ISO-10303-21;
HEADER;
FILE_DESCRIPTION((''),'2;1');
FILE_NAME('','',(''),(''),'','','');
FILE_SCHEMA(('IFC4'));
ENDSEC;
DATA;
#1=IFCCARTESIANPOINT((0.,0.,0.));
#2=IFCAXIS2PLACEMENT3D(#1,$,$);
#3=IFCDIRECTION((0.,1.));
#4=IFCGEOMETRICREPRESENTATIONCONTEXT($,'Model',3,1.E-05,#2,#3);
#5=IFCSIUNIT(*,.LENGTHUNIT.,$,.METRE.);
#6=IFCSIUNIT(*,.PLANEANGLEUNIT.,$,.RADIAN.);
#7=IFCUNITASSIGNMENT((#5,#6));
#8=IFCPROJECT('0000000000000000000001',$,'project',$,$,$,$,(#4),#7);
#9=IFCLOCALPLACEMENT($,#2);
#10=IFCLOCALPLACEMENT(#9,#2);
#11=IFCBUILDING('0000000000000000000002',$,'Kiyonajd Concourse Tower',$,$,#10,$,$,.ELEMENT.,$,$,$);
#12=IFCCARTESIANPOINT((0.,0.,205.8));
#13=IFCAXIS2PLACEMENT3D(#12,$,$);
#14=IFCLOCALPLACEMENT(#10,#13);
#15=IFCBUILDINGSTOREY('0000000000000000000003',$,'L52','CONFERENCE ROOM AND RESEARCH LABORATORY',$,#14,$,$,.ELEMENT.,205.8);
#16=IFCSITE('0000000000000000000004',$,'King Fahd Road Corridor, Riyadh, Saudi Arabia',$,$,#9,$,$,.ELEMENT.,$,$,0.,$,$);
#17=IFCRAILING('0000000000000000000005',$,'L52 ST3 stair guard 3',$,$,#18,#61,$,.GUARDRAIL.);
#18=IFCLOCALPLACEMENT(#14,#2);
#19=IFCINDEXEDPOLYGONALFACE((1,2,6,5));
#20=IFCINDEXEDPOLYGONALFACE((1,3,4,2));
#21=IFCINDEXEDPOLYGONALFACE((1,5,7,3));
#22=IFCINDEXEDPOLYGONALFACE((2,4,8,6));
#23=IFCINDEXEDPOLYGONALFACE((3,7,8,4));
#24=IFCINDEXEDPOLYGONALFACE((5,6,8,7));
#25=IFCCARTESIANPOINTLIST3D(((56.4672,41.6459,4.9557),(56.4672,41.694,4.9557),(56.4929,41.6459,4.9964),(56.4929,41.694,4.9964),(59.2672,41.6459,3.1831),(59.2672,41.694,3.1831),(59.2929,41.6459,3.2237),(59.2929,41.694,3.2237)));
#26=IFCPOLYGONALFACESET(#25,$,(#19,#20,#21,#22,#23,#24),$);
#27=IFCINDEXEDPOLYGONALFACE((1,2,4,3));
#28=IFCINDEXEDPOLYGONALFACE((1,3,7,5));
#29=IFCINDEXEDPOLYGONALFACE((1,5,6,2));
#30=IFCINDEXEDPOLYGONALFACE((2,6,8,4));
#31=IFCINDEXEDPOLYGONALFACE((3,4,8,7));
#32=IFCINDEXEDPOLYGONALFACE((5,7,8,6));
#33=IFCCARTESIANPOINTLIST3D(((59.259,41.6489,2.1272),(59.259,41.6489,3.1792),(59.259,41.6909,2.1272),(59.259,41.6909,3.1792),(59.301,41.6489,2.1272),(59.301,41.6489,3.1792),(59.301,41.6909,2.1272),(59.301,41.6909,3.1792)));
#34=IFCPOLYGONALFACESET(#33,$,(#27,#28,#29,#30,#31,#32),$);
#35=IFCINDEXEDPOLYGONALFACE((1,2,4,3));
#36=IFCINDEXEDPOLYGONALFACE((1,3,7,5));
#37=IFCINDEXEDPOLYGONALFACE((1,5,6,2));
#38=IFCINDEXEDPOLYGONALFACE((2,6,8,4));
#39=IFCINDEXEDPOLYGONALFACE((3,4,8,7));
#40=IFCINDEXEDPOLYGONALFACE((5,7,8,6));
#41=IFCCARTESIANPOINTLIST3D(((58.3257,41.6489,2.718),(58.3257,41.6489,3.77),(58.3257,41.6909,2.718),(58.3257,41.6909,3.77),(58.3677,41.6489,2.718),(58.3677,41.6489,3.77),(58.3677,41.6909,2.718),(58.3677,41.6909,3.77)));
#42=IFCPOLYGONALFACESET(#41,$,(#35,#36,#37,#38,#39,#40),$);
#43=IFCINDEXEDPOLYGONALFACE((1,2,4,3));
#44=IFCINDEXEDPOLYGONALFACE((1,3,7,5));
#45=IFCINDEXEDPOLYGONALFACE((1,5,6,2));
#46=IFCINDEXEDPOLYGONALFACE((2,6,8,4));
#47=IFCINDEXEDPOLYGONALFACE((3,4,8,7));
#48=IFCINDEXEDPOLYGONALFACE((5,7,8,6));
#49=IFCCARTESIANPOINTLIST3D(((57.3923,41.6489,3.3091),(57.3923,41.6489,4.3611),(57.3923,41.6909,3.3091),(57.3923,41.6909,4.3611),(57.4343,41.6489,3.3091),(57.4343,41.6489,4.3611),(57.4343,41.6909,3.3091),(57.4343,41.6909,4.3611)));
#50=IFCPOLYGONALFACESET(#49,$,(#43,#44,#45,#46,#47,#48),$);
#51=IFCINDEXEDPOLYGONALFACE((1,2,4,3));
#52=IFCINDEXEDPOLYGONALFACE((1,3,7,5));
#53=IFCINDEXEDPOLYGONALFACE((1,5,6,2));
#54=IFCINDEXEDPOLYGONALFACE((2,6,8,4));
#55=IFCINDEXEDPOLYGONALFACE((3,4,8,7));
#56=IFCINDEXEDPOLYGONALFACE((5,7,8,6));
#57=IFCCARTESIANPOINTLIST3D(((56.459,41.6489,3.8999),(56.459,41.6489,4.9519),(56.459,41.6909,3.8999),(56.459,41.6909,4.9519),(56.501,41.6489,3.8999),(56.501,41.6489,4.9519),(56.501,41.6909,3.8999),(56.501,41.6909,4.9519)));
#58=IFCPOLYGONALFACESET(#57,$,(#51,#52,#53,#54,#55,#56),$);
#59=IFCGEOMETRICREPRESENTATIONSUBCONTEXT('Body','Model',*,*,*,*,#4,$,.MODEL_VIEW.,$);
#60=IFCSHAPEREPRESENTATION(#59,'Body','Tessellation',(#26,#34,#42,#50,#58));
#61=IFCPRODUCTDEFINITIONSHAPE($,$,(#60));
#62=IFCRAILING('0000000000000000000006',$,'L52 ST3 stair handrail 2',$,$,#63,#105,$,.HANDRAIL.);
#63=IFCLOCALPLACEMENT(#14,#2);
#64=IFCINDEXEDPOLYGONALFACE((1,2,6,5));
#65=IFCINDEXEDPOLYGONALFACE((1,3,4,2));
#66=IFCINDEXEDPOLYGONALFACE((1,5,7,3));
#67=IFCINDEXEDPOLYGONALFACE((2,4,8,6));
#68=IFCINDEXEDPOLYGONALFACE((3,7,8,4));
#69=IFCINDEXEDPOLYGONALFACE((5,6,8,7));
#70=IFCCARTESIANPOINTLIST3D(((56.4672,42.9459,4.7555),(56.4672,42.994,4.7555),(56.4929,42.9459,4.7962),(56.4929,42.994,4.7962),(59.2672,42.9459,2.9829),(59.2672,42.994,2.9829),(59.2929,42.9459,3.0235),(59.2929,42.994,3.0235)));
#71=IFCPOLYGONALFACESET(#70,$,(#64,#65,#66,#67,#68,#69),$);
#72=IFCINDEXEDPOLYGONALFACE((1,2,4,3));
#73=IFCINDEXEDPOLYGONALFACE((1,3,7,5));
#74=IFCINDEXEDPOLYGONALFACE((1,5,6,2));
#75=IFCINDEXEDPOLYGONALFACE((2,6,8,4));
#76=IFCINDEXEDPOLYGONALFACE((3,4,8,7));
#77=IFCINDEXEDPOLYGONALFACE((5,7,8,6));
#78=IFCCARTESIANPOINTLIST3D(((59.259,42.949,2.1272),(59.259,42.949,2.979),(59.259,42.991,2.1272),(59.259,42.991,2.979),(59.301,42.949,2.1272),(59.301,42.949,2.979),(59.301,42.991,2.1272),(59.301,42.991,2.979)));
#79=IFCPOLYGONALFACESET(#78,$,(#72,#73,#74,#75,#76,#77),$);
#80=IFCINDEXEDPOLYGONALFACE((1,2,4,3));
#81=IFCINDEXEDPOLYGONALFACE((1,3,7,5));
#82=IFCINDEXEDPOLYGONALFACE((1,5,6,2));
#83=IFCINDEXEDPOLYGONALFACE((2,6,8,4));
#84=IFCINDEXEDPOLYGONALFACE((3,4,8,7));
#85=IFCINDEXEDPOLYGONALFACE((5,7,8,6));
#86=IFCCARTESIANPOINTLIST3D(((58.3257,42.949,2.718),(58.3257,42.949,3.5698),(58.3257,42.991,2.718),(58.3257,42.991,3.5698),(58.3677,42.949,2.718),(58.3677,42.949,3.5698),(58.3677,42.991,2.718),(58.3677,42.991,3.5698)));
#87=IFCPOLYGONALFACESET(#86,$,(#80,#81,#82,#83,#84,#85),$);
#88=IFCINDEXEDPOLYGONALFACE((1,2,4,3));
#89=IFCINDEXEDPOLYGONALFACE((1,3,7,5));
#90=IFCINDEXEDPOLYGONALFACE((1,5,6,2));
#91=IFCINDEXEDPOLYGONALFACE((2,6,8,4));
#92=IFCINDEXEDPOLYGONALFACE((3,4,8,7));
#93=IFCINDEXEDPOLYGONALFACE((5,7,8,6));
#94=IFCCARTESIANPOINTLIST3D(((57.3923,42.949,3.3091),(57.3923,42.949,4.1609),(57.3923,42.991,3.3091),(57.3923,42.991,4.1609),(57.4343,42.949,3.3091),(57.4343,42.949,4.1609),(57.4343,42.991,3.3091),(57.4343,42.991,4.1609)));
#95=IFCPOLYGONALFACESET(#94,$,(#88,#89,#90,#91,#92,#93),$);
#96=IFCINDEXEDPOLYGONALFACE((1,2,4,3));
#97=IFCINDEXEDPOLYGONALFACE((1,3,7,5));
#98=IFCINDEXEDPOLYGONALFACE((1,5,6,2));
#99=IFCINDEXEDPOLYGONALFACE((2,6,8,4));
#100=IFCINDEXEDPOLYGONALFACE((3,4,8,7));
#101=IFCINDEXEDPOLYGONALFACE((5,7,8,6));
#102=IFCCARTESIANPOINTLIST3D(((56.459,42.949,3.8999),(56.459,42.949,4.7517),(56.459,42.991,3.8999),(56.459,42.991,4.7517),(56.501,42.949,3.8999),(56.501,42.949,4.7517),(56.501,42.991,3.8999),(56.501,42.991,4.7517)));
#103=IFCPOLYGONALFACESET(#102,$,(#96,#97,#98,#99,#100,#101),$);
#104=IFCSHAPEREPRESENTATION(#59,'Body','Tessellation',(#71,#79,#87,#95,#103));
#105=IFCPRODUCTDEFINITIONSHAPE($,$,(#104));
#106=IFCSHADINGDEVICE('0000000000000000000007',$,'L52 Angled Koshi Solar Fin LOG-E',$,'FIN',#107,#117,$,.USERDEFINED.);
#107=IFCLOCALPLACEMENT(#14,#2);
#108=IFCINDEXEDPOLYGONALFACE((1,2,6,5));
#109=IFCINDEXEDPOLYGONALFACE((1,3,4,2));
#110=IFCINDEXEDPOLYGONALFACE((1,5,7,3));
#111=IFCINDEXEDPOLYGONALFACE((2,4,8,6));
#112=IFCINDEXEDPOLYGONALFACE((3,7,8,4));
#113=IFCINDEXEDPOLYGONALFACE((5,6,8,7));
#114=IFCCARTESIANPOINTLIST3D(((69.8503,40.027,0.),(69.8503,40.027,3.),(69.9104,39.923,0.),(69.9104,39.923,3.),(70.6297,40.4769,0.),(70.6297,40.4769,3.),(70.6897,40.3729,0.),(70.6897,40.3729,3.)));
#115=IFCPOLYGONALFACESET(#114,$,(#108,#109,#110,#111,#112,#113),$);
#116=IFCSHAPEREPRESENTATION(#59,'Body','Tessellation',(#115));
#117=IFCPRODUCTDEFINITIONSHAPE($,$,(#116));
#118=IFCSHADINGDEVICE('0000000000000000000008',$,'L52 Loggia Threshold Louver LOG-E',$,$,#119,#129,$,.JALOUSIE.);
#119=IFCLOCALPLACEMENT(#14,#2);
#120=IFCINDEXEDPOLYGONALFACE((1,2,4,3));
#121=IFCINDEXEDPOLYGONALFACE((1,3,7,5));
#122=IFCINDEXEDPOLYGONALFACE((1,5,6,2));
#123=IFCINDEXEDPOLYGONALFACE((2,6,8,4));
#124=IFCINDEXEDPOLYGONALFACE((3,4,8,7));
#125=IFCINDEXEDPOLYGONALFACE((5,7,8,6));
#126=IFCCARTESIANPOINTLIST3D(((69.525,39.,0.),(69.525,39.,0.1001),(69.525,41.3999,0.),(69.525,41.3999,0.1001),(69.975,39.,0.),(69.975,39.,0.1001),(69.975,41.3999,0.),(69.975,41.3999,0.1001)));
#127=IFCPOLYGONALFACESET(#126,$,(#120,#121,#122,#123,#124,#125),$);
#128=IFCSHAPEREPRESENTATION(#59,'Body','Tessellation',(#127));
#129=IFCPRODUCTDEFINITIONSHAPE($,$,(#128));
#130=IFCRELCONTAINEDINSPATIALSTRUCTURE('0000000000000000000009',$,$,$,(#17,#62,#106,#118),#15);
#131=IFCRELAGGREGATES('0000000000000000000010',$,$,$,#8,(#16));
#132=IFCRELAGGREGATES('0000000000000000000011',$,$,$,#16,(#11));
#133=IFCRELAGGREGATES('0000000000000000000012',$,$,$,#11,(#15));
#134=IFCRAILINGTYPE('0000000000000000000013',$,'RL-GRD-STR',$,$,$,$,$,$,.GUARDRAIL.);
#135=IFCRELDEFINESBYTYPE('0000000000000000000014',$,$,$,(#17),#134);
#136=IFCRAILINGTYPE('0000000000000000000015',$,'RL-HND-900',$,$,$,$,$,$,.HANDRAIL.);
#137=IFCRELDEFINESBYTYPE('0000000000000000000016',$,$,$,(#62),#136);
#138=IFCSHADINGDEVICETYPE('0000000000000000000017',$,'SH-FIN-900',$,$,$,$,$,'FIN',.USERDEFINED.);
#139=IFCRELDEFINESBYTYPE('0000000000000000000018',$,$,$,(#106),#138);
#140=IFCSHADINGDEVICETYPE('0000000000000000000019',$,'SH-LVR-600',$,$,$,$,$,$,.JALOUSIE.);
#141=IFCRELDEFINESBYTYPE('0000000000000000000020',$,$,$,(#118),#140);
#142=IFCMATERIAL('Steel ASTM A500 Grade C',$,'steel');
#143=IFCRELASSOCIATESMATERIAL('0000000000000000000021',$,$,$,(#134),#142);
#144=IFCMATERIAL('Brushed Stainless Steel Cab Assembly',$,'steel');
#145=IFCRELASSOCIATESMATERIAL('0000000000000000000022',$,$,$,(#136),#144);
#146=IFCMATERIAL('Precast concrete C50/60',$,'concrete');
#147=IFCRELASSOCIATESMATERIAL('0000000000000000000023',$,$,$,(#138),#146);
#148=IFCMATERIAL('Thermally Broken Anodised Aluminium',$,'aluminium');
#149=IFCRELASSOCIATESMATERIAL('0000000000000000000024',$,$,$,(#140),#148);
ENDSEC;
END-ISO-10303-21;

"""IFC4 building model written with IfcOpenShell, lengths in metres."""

from ifc_helpers import new_model, si_unit, direction, frame, origin, origin_2d, place, context, subcontext, project, spatial, rectangle, extrude, material, type_object, element, save


model = new_model("IFC4")

# Units and contexts
model_context = context("Model", 3, precision=1e-05, world=origin(), true_north=direction((0.0, 1.0)))
body_context = subcontext(model_context, "Body", "Model", "MODEL_VIEW")
ifc_project = project(units=[si_unit("LENGTHUNIT", "METRE"), si_unit("PLANEANGLEUNIT", "RADIAN")], contexts=[model_context])

# Site, building, storey
site_placement = place(None, origin())
site = spatial("IfcSite", under=ifc_project, at=site_placement, Name="King Fahd Road Corridor, Riyadh, Saudi Arabia", CompositionType="ELEMENT", RefElevation=0.0)
building_placement = place(site_placement, origin())
building = spatial("IfcBuilding", under=site, at=building_placement, Name="Kiyonajd Concourse Tower", CompositionType="ELEMENT")
storey_placement = place(building_placement, frame((0.0, 0.0, 205.8)))
storey = spatial("IfcBuildingStorey", under=building, at=storey_placement, Name="L52", Description="CONFERENCE ROOM AND RESEARCH LABORATORY", CompositionType="ELEMENT", Elevation=205.8)

# Shared definitions
ifc_material_1 = material(Name="Thermally Broken Anodised Aluminium", Category="aluminium")

# Shared definitions
ifc_material_2 = material(Name="Precast concrete C50/60", Category="concrete")

# Railings
ifc_material_3 = material(Name="Steel ASTM A500 Grade C", Category="steel")
railing_type_1 = type_object("IfcRailingType", Name="RL-GRD-STR", PredefinedType="GUARDRAIL", material=ifc_material_3)
railing_1_placement = place(storey_placement, frame((59.28, 41.6699, 2.1272)))
element("IfcRailing", 1, at=railing_1_placement, inside=storey, type_object=railing_type_1, Name="L52 ST3 stair guard 3", PredefinedType="GUARDRAIL", context=body_context, shape_type="SweptSolid", body=[
    extrude(rectangle(XDim=0.0481, YDim=0.0481, at=origin_2d()), frame((0.0, 0.0, 1.0762), z_axis=(-0.844909, 0.0, 0.53491), x_axis=(0.0, -1.0, 0.0)), (0.0, 0.0, 1.0), 3.314),
    extrude(rectangle(XDim=0.042, YDim=0.042, at=origin_2d()), origin(), (0.0, 0.0, 1.0), 1.052),
    extrude(rectangle(XDim=0.042, YDim=0.042, at=origin_2d()), frame((-0.9333, 0.0, 0.5908)), (0.0, 0.0, 1.0), 1.052),
    extrude(rectangle(XDim=0.042, YDim=0.042, at=origin_2d()), frame((-1.8667, 0.0, 1.1819)), (0.0, 0.0, 1.0), 1.052),
    extrude(rectangle(XDim=0.042, YDim=0.042, at=origin_2d()), frame((-2.8, 0.0, 1.7727)), (0.0, 0.0, 1.0), 1.052),
])
ifc_material_4 = material(Name="Brushed Stainless Steel Cab Assembly", Category="steel")
railing_type_2 = type_object("IfcRailingType", Name="RL-HND-900", PredefinedType="HANDRAIL", material=ifc_material_4)
railing_2_placement = place(storey_placement, frame((59.28, 42.97, 2.1272)))
element("IfcRailing", 2, at=railing_2_placement, inside=storey, type_object=railing_type_2, Name="L52 ST3 stair handrail 2", PredefinedType="HANDRAIL", context=body_context, shape_type="SweptSolid", body=[
    extrude(rectangle(XDim=0.0481, YDim=0.0481, at=origin_2d()), frame((0.0, 0.0, 0.876), z_axis=(-0.844909, 0.0, 0.53491), x_axis=(0.0, -1.0, 0.0)), (0.0, 0.0, 1.0), 3.314),
    extrude(rectangle(XDim=0.042, YDim=0.042, at=origin_2d()), origin(), (0.0, 0.0, 1.0), 0.8518),
    extrude(rectangle(XDim=0.042, YDim=0.042, at=origin_2d()), frame((-0.9333, 0.0, 0.5908)), (0.0, 0.0, 1.0), 0.8518),
    extrude(rectangle(XDim=0.042, YDim=0.042, at=origin_2d()), frame((-1.8667, 0.0, 1.1819)), (0.0, 0.0, 1.0), 0.8518),
    extrude(rectangle(XDim=0.042, YDim=0.042, at=origin_2d()), frame((-2.8, 0.0, 1.7727)), (0.0, 0.0, 1.0), 0.8518),
])

# Shading devices
shading_device_type_1 = type_object("IfcShadingDeviceType", Name="SH-FIN-900", ElementType="FIN", PredefinedType="USERDEFINED", material=ifc_material_2)
shading_device_1_placement = place(storey_placement, frame((70.27, 40.2, 0.0), z_axis=(0.0, 0.0, 1.0), x_axis=(0.866025, 0.5, 0.0)))
element("IfcShadingDevice", 3, at=shading_device_1_placement, inside=storey, type_object=shading_device_type_1, Name="L52 Angled Koshi Solar Fin LOG-E", ObjectType="FIN", PredefinedType="USERDEFINED", context=body_context, shape_type="SweptSolid", body=[
    extrude(rectangle(XDim=0.8999, YDim=0.1201, at=origin_2d()), origin(), (0.0, 0.0, 1.0), 3.0),
])
shading_device_type_2 = type_object("IfcShadingDeviceType", Name="SH-LVR-600", PredefinedType="JALOUSIE", material=ifc_material_1)
shading_device_2_placement = place(storey_placement, frame((69.75, 40.2, 0.0), z_axis=(0.0, 0.0, 1.0), x_axis=(0.0, 1.0, 0.0)))
element("IfcShadingDevice", 4, at=shading_device_2_placement, inside=storey, type_object=shading_device_type_2, Name="L52 Loggia Threshold Louver LOG-E", PredefinedType="JALOUSIE", context=body_context, shape_type="SweptSolid", body=[
    extrude(rectangle(XDim=2.3999, YDim=0.45, at=origin_2d()), origin(), (0.0, 0.0, 1.0), 0.1001),
])

save(model, "model.ifc")
